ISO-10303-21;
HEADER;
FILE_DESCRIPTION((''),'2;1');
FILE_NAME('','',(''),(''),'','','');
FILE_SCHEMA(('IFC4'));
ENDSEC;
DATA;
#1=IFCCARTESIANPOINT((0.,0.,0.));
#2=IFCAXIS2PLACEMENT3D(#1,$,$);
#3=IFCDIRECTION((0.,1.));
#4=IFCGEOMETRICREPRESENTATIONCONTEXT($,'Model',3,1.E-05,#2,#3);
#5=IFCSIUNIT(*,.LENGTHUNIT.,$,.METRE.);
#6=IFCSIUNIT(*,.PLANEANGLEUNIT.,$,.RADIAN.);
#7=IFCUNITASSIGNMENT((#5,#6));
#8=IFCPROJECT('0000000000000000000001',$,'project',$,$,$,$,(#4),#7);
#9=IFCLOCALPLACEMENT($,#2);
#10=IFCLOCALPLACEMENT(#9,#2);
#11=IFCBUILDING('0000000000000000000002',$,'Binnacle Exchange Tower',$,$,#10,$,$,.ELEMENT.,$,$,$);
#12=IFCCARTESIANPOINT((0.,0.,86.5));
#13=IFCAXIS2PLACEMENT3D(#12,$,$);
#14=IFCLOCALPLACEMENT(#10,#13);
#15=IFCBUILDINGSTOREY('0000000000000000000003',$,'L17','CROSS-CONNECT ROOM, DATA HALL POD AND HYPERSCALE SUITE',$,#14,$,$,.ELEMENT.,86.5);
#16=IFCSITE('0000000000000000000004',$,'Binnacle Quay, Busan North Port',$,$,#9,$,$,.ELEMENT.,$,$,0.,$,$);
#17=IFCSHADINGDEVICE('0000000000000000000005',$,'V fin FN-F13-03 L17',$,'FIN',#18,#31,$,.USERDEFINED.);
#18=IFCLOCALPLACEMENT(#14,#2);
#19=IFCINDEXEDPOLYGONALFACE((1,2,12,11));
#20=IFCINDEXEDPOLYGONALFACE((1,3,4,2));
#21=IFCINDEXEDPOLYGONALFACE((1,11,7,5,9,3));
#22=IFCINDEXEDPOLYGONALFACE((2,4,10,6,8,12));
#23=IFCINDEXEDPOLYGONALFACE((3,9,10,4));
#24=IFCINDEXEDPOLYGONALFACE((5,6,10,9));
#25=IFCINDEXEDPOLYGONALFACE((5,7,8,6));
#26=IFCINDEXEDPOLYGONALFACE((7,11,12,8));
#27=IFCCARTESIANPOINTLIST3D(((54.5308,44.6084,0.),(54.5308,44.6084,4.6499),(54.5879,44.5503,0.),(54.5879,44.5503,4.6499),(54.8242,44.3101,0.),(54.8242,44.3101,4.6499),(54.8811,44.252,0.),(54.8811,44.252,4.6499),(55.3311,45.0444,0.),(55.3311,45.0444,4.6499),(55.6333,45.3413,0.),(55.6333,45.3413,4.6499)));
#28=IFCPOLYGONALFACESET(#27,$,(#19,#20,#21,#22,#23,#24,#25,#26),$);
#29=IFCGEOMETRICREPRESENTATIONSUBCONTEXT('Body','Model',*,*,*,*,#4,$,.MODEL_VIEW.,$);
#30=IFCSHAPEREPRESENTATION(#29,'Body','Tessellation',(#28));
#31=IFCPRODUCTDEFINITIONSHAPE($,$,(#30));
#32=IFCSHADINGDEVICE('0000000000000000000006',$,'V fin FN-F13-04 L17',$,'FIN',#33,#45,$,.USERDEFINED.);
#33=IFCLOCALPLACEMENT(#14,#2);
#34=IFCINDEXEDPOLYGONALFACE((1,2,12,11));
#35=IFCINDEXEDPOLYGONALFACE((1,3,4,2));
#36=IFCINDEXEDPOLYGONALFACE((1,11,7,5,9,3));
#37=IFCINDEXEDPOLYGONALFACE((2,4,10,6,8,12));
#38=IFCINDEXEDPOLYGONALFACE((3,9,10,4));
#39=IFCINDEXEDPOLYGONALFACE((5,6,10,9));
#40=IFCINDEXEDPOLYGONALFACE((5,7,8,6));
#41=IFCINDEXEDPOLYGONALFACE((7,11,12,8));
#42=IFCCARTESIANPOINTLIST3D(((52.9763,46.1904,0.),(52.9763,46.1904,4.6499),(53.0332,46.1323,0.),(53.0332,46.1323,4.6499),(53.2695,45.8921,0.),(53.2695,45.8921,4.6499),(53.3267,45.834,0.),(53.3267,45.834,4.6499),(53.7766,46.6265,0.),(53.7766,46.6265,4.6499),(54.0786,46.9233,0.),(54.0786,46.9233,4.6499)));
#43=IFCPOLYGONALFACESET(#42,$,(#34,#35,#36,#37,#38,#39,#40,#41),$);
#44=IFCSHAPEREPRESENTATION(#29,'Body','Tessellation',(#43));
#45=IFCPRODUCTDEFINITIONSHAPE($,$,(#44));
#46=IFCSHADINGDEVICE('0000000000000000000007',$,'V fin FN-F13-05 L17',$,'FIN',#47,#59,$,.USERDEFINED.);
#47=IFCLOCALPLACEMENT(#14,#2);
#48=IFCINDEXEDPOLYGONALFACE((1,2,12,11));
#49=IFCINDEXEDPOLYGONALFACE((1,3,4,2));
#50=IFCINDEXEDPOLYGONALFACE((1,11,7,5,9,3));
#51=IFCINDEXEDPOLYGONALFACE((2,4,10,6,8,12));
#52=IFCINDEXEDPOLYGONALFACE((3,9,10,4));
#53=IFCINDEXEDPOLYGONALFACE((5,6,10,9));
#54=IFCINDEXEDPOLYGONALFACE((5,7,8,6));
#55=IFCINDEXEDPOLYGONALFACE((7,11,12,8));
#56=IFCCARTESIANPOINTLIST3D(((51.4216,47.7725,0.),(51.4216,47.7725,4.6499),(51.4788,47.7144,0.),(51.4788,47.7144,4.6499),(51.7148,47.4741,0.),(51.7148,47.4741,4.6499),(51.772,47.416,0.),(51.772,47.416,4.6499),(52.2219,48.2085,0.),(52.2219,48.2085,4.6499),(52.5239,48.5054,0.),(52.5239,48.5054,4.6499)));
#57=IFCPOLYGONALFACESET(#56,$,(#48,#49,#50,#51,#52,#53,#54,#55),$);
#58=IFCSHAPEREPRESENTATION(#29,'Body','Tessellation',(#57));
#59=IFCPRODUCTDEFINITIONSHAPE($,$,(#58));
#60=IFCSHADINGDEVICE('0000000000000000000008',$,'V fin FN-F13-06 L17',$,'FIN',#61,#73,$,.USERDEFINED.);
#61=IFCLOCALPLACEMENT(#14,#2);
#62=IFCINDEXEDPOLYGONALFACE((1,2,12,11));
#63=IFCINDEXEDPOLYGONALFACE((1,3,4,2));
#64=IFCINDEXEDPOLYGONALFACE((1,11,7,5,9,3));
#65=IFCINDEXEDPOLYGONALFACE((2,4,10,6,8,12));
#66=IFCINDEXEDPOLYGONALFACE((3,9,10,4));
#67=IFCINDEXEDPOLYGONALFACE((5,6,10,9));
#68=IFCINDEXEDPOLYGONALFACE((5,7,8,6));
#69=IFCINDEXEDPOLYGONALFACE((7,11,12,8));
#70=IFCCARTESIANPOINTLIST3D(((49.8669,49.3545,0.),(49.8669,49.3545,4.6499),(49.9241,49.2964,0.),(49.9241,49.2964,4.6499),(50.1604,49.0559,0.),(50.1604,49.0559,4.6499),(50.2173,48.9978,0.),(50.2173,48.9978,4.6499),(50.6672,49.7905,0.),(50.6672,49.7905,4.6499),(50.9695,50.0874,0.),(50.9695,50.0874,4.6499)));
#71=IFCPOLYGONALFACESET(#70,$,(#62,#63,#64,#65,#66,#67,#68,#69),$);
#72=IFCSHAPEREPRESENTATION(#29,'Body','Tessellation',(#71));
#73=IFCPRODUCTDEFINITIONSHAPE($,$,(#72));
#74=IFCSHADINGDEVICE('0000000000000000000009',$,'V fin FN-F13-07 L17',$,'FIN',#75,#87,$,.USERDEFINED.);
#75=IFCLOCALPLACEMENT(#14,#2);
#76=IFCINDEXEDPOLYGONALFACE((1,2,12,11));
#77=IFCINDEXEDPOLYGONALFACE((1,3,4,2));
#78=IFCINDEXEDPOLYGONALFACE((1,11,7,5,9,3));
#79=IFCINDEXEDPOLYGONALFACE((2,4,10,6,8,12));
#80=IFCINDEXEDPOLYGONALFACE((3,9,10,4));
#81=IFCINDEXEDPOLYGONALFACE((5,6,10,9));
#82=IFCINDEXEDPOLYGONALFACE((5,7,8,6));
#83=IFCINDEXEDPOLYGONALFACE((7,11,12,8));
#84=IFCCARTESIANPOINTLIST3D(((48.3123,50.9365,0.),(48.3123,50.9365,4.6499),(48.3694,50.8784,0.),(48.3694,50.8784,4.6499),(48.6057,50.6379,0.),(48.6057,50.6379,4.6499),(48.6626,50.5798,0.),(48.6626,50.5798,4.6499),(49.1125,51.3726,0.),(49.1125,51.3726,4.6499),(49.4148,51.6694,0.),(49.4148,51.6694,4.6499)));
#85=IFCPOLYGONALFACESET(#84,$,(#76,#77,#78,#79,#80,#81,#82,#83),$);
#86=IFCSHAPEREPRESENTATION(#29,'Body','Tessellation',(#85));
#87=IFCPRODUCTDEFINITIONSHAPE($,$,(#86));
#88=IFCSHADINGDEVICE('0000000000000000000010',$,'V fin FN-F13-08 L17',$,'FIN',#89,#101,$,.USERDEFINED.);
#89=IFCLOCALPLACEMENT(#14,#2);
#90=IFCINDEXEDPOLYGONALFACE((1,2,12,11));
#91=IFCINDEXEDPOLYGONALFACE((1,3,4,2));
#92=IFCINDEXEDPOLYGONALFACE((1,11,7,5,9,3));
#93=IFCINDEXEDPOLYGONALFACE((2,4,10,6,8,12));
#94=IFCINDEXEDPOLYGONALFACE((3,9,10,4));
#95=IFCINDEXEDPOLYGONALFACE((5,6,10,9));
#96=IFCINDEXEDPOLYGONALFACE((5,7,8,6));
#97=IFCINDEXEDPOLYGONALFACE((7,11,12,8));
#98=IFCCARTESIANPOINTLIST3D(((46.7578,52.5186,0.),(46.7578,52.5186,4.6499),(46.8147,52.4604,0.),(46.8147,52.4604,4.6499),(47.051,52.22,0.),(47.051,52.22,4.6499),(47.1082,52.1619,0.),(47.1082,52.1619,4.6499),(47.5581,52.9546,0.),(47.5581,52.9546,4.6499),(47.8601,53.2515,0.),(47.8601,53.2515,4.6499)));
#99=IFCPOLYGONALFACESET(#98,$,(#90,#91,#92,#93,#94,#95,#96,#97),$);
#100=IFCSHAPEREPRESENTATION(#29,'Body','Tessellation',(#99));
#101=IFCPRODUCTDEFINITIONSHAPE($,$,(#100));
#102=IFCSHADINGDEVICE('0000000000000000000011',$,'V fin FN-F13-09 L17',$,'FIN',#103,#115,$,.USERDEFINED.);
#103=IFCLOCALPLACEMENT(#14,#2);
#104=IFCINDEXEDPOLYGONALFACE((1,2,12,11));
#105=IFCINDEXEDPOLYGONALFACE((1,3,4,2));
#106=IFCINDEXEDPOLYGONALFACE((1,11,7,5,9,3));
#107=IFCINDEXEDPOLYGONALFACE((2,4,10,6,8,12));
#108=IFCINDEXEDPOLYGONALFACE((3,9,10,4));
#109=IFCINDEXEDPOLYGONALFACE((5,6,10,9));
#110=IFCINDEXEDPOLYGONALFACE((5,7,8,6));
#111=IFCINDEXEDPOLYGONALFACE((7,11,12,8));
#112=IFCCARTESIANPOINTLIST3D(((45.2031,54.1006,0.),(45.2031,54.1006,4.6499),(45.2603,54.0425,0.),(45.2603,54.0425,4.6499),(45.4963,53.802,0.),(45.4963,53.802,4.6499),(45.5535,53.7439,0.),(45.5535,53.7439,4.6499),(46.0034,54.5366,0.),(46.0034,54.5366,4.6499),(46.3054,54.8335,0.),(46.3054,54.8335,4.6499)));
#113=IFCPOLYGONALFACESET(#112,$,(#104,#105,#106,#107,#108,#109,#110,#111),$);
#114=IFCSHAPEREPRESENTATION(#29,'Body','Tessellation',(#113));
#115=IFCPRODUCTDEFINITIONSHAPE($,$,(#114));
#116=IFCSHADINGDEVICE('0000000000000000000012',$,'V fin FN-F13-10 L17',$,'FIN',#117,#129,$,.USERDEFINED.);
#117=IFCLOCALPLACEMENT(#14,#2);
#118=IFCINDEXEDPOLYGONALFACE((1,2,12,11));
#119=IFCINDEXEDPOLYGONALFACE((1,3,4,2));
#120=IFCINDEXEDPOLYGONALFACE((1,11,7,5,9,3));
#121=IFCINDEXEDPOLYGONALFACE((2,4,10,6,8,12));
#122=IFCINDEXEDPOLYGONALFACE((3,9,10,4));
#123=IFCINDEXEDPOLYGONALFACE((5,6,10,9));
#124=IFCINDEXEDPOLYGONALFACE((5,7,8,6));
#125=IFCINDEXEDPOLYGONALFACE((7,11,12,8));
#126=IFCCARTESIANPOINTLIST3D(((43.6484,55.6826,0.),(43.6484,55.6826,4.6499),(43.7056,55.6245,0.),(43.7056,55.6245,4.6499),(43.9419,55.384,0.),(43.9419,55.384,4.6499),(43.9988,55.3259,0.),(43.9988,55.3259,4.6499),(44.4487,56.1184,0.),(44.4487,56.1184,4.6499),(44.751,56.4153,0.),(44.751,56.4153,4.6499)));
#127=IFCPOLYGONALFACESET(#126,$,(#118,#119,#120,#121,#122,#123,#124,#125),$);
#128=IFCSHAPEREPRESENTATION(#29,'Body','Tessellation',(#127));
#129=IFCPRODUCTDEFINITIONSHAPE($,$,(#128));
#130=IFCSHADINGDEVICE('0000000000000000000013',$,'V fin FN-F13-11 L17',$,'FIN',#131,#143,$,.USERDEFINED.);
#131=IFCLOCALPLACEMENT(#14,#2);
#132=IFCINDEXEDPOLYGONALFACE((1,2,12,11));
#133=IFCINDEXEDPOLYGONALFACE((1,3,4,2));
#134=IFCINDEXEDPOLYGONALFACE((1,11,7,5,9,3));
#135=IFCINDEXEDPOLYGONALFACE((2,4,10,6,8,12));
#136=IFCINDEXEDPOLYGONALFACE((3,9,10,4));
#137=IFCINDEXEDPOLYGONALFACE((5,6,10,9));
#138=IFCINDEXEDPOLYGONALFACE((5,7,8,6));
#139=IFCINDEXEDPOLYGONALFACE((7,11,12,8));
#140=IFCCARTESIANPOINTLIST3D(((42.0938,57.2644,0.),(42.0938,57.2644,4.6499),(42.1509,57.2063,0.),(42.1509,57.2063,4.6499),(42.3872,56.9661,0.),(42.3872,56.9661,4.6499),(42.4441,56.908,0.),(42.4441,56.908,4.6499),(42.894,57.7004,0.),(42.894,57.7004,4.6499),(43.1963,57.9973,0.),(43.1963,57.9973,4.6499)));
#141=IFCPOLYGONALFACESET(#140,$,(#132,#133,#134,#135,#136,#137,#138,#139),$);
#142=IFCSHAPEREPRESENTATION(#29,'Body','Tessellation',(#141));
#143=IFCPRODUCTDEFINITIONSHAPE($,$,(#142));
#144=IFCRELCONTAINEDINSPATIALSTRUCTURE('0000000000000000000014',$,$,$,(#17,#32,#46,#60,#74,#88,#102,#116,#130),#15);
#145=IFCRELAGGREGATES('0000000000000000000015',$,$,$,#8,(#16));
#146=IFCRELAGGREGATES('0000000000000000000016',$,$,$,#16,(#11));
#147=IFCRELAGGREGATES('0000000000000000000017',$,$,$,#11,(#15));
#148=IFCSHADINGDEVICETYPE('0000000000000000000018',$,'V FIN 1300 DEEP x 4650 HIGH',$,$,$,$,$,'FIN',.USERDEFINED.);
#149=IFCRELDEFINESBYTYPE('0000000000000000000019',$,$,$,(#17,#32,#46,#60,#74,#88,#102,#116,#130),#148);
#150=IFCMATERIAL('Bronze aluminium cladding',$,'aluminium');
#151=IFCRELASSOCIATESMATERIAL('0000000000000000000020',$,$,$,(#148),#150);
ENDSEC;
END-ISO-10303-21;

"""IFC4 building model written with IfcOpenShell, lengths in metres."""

from ifc_helpers import new_model, si_unit, direction, frame, origin, place, context, subcontext, project, spatial, polyline, outline, extrude, material, type_object, element, save


model = new_model("IFC4")

# Units and contexts
model_context = context("Model", 3, precision=1e-05, world=origin(), true_north=direction((0.0, 1.0)))
body_context = subcontext(model_context, "Body", "Model", "MODEL_VIEW")
ifc_project = project(units=[si_unit("LENGTHUNIT", "METRE"), si_unit("PLANEANGLEUNIT", "RADIAN")], contexts=[model_context])

# Site, building, storey
site_placement = place(None, origin())
site = spatial("IfcSite", under=ifc_project, at=site_placement, Name="Binnacle Quay, Busan North Port", CompositionType="ELEMENT", RefElevation=0.0)
building_placement = place(site_placement, origin())
building = spatial("IfcBuilding", under=site, at=building_placement, Name="Binnacle Exchange Tower", CompositionType="ELEMENT")
storey_placement = place(building_placement, frame((0.0, 0.0, 86.5)))
storey = spatial("IfcBuildingStorey", under=building, at=storey_placement, Name="L17", Description="CROSS-CONNECT ROOM, DATA HALL POD AND HYPERSCALE SUITE", CompositionType="ELEMENT", Elevation=86.5)

# Shading devices
ifc_material_1 = material(Name="Bronze aluminium cladding", Category="aluminium")
shading_device_type = type_object("IfcShadingDeviceType", Name="V FIN 1300 DEEP x 4650 HIGH", ElementType="FIN", PredefinedType="USERDEFINED", material=ifc_material_1)
shading_device_1_placement = place(storey_placement, origin())
element("IfcShadingDevice", 1, at=shading_device_1_placement, inside=storey, type_object=shading_device_type, Name="V fin FN-F13-03 L17", ObjectType="FIN", PredefinedType="USERDEFINED", context=body_context, shape_type="SweptSolid", body=[
    extrude(outline(polyline([(54.8811, 44.252), (55.6333, 45.3413), (54.5308, 44.6084), (54.5879, 44.5503), (55.3311, 45.0444), (54.8242, 44.3101), (54.8811, 44.252)])), origin(), (0.0, 0.0, 1.0), 4.6499),
])
shading_device_2_placement = place(storey_placement, origin())
element("IfcShadingDevice", 2, at=shading_device_2_placement, inside=storey, type_object=shading_device_type, Name="V fin FN-F13-04 L17", ObjectType="FIN", PredefinedType="USERDEFINED", context=body_context, shape_type="SweptSolid", body=[
    extrude(outline(polyline([(53.3267, 45.834), (54.0786, 46.9233), (52.9763, 46.1904), (53.0332, 46.1323), (53.7766, 46.6265), (53.2695, 45.8921), (53.3267, 45.834)])), origin(), (0.0, 0.0, 1.0), 4.6499),
])
shading_device_3_placement = place(storey_placement, origin())
element("IfcShadingDevice", 3, at=shading_device_3_placement, inside=storey, type_object=shading_device_type, Name="V fin FN-F13-05 L17", ObjectType="FIN", PredefinedType="USERDEFINED", context=body_context, shape_type="SweptSolid", body=[
    extrude(outline(polyline([(51.772, 47.416), (52.5239, 48.5054), (51.4216, 47.7725), (51.4788, 47.7144), (52.2219, 48.2085), (51.7148, 47.4741), (51.772, 47.416)])), origin(), (0.0, 0.0, 1.0), 4.6499),
])
shading_device_4_placement = place(storey_placement, origin())
element("IfcShadingDevice", 4, at=shading_device_4_placement, inside=storey, type_object=shading_device_type, Name="V fin FN-F13-06 L17", ObjectType="FIN", PredefinedType="USERDEFINED", context=body_context, shape_type="SweptSolid", body=[
    extrude(outline(polyline([(50.2173, 48.9978), (50.9695, 50.0874), (49.8669, 49.3545), (49.9241, 49.2964), (50.6672, 49.7905), (50.1604, 49.0559), (50.2173, 48.9978)])), origin(), (0.0, 0.0, 1.0), 4.6499),
])
shading_device_5_placement = place(storey_placement, origin())
element("IfcShadingDevice", 5, at=shading_device_5_placement, inside=storey, type_object=shading_device_type, Name="V fin FN-F13-07 L17", ObjectType="FIN", PredefinedType="USERDEFINED", context=body_context, shape_type="SweptSolid", body=[
    extrude(outline(polyline([(48.6626, 50.5798), (49.4148, 51.6694), (48.3123, 50.9365), (48.3694, 50.8784), (49.1125, 51.3726), (48.6057, 50.6379), (48.6626, 50.5798)])), origin(), (0.0, 0.0, 1.0), 4.6499),
])
shading_device_6_placement = place(storey_placement, origin())
element("IfcShadingDevice", 6, at=shading_device_6_placement, inside=storey, type_object=shading_device_type, Name="V fin FN-F13-08 L17", ObjectType="FIN", PredefinedType="USERDEFINED", context=body_context, shape_type="SweptSolid", body=[
    extrude(outline(polyline([(47.1082, 52.1619), (47.8601, 53.2515), (46.7578, 52.5186), (46.8147, 52.4604), (47.5581, 52.9546), (47.051, 52.22), (47.1082, 52.1619)])), origin(), (0.0, 0.0, 1.0), 4.6499),
])
shading_device_7_placement = place(storey_placement, origin())
element("IfcShadingDevice", 7, at=shading_device_7_placement, inside=storey, type_object=shading_device_type, Name="V fin FN-F13-09 L17", ObjectType="FIN", PredefinedType="USERDEFINED", context=body_context, shape_type="SweptSolid", body=[
    extrude(outline(polyline([(45.5535, 53.7439), (46.3054, 54.8335), (45.2031, 54.1006), (45.2603, 54.0425), (46.0034, 54.5366), (45.4963, 53.802), (45.5535, 53.7439)])), origin(), (0.0, 0.0, 1.0), 4.6499),
])
shading_device_8_placement = place(storey_placement, origin())
element("IfcShadingDevice", 8, at=shading_device_8_placement, inside=storey, type_object=shading_device_type, Name="V fin FN-F13-10 L17", ObjectType="FIN", PredefinedType="USERDEFINED", context=body_context, shape_type="SweptSolid", body=[
    extrude(outline(polyline([(43.9988, 55.3259), (44.751, 56.4153), (43.6484, 55.6826), (43.7056, 55.6245), (44.4487, 56.1184), (43.9419, 55.384), (43.9988, 55.3259)])), origin(), (0.0, 0.0, 1.0), 4.6499),
])
shading_device_9_placement = place(storey_placement, origin())
element("IfcShadingDevice", 9, at=shading_device_9_placement, inside=storey, type_object=shading_device_type, Name="V fin FN-F13-11 L17", ObjectType="FIN", PredefinedType="USERDEFINED", context=body_context, shape_type="SweptSolid", body=[
    extrude(outline(polyline([(42.4441, 56.908), (43.1963, 57.9973), (42.0938, 57.2644), (42.1509, 57.2063), (42.894, 57.7004), (42.3872, 56.9661), (42.4441, 56.908)])), origin(), (0.0, 0.0, 1.0), 4.6499),
])

save(model, "model.ifc")
